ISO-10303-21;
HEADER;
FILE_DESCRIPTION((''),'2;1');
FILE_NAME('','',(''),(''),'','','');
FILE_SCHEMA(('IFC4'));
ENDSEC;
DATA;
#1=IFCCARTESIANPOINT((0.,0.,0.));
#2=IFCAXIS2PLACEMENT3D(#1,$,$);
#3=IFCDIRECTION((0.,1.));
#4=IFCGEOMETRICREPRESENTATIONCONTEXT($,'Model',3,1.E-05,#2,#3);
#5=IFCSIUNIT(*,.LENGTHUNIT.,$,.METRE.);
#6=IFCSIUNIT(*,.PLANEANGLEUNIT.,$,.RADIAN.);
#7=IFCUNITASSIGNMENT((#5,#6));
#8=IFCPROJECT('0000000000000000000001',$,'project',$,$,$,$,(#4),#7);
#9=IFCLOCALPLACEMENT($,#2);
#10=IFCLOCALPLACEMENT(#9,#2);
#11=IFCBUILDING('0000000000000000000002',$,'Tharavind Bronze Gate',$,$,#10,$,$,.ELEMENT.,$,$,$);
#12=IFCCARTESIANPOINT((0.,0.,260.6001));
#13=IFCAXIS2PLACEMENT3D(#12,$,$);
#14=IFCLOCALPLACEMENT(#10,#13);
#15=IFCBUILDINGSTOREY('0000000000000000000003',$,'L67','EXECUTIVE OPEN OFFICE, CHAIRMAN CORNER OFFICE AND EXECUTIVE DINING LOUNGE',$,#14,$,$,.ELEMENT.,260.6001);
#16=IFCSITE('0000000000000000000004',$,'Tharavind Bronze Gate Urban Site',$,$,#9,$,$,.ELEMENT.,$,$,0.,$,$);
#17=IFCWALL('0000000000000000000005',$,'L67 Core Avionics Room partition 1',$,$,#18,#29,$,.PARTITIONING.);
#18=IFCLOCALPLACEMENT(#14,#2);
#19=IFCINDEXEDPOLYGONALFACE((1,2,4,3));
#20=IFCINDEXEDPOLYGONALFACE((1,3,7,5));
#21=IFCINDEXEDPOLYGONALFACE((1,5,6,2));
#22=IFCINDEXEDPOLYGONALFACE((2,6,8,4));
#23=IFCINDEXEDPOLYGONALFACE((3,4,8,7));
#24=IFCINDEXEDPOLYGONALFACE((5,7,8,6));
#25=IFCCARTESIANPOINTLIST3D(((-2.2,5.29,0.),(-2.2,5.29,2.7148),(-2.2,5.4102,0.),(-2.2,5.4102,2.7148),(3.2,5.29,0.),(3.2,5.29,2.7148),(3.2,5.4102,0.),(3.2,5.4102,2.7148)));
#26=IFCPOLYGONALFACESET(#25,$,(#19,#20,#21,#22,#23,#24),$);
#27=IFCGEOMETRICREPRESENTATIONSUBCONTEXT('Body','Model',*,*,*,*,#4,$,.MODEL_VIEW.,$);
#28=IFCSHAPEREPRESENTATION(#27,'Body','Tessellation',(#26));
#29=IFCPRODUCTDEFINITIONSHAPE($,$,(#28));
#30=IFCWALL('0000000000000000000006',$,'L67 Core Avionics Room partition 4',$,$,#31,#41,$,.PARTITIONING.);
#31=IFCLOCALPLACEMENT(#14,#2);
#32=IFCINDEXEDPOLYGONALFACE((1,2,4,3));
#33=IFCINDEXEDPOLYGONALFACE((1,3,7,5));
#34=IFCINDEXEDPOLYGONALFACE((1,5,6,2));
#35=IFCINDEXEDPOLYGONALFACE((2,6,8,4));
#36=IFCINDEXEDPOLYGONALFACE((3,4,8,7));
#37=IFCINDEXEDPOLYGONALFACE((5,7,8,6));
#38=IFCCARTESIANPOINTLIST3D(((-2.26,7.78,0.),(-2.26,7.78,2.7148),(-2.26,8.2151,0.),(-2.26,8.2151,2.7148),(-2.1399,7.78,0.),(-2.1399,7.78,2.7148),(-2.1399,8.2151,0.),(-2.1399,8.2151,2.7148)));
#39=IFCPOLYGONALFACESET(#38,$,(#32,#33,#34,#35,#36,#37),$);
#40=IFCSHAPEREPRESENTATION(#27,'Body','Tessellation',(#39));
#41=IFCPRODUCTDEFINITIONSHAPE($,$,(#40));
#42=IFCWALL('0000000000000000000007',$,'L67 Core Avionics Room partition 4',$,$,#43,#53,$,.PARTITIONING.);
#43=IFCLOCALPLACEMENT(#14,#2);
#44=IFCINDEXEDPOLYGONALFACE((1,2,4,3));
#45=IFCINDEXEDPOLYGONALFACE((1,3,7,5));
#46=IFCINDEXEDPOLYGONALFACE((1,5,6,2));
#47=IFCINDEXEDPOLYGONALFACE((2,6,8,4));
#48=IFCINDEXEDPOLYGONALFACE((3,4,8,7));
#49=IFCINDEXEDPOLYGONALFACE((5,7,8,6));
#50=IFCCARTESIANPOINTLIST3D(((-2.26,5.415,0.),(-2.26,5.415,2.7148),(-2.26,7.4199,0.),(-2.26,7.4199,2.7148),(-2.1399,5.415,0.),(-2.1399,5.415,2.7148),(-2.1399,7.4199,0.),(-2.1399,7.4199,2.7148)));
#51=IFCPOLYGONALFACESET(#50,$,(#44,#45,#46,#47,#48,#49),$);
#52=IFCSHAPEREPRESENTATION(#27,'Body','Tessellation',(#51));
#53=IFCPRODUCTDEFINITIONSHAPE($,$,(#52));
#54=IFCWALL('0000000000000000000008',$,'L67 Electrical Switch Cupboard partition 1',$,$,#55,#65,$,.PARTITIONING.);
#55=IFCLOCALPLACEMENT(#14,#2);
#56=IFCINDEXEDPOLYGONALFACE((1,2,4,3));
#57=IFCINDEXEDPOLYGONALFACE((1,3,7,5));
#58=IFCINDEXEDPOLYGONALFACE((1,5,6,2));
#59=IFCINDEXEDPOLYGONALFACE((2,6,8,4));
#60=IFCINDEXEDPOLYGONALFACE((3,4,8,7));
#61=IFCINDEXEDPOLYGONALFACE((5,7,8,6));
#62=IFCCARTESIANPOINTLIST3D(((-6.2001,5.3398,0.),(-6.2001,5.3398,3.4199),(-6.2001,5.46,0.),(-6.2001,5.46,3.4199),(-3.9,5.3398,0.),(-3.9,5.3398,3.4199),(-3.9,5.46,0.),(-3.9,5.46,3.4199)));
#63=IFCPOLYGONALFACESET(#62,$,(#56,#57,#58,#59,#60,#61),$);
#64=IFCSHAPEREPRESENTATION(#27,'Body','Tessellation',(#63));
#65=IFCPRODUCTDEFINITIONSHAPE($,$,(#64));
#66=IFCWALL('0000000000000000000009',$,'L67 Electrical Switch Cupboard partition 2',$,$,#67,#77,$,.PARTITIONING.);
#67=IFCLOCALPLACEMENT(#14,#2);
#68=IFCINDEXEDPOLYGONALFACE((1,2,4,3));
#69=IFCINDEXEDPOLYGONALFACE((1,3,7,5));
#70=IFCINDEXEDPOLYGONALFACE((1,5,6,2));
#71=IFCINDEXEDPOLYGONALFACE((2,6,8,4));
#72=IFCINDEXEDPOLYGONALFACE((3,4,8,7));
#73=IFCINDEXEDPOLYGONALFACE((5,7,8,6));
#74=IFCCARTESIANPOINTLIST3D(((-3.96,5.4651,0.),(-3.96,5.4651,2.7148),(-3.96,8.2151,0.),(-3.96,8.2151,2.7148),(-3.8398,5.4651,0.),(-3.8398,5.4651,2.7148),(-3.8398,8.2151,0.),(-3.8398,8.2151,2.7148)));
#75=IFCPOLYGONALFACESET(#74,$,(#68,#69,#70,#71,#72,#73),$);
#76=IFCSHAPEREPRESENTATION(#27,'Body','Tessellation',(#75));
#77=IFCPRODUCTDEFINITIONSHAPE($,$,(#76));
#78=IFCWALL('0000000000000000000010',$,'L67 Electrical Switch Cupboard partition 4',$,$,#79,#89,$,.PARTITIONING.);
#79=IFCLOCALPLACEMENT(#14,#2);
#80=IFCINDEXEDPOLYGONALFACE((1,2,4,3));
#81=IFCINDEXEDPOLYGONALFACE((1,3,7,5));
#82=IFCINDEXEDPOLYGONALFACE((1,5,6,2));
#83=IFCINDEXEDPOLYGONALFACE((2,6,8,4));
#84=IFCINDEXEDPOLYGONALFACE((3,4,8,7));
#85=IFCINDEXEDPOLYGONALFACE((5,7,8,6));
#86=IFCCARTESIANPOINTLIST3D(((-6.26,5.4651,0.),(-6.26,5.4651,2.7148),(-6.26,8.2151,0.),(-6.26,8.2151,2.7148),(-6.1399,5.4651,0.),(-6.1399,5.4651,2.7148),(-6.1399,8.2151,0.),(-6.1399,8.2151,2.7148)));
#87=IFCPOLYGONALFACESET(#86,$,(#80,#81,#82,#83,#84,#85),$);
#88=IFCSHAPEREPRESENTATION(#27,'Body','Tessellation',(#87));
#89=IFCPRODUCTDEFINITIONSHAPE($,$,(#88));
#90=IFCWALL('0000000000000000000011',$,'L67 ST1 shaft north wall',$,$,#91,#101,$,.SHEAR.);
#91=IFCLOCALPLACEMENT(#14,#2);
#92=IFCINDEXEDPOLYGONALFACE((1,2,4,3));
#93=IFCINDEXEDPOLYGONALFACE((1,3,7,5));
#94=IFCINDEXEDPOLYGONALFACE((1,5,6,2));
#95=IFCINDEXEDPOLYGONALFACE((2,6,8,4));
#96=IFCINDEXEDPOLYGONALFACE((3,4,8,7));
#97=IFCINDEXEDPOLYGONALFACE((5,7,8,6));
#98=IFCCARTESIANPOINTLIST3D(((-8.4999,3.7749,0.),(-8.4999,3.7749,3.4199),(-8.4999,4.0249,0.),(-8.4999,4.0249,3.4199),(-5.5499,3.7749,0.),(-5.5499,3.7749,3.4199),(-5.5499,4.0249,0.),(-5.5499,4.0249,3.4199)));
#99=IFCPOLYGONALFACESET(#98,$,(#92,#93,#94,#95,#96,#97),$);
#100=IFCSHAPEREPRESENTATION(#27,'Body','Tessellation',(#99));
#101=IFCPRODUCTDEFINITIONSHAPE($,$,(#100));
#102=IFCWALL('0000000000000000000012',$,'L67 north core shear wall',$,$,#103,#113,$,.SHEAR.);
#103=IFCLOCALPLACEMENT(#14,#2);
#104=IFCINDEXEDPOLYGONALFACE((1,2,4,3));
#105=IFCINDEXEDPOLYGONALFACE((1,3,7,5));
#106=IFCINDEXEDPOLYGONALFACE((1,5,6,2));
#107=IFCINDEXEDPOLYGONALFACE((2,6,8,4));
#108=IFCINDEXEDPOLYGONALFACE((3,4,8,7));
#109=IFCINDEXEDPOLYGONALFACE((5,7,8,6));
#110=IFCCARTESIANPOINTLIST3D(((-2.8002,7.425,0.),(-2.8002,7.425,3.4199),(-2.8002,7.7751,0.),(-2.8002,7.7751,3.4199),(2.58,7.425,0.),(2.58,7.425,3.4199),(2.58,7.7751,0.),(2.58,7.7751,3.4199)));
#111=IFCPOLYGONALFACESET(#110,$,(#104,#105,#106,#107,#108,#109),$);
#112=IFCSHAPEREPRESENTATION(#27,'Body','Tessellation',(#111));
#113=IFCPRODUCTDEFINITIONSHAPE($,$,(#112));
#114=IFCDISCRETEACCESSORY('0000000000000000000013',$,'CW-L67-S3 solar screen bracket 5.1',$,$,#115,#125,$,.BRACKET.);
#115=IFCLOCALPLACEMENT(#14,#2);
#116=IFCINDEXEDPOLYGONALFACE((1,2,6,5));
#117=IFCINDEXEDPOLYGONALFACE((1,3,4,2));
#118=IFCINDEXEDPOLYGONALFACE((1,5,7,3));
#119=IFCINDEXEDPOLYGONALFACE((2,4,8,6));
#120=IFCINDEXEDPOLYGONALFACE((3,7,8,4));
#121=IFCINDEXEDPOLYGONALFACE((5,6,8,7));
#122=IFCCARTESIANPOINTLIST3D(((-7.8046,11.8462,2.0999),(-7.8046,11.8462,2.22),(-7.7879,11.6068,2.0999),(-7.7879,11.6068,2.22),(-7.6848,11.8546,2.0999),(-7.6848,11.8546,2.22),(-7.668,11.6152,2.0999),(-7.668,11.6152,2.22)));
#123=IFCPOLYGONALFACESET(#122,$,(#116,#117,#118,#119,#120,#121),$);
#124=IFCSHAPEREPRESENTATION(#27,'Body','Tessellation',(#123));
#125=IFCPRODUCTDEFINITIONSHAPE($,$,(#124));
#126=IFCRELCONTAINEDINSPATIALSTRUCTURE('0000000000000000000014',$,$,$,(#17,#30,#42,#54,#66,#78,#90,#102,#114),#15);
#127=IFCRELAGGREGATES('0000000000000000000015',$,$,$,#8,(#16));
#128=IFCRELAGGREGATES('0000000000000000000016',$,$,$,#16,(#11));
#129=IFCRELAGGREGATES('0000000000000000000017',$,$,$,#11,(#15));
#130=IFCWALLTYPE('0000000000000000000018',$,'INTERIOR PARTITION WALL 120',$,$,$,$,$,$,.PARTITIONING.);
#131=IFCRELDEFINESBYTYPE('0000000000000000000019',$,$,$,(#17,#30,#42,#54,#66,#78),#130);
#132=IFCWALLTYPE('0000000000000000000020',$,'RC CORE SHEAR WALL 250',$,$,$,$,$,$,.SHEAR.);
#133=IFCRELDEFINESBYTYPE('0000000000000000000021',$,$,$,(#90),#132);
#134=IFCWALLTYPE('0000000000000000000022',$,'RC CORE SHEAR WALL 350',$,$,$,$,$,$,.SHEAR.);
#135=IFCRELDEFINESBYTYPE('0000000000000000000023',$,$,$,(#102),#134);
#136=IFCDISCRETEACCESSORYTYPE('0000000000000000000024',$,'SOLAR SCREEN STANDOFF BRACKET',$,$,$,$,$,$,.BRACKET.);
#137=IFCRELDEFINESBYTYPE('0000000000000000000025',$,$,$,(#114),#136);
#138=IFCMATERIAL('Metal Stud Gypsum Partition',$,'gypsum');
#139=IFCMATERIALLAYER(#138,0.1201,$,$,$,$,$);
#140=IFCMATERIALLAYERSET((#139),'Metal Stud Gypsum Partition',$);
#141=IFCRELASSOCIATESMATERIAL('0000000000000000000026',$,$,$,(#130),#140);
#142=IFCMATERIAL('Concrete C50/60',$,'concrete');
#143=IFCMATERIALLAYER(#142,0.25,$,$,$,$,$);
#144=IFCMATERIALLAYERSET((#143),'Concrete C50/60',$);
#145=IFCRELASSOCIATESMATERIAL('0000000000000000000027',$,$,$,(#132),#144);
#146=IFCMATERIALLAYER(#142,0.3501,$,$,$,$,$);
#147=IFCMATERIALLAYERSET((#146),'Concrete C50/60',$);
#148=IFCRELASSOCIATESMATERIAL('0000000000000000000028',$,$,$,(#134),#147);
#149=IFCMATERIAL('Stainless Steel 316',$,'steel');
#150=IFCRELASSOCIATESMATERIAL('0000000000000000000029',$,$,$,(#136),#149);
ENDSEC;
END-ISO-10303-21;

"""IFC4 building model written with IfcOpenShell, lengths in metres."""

from ifc_helpers import new_model, si_unit, direction, frame, frame_2d, origin, origin_2d, place, context, subcontext, project, spatial, rectangle, extrude, material, layer, layer_set, type_object, element, save


model = new_model("IFC4")

# Units and contexts
model_context = context("Model", 3, precision=1e-05, world=origin(), true_north=direction((0.0, 1.0)))
body_context = subcontext(model_context, "Body", "Model", "MODEL_VIEW")
ifc_project = project(units=[si_unit("LENGTHUNIT", "METRE"), si_unit("PLANEANGLEUNIT", "RADIAN")], contexts=[model_context])

# Site, building, storey
site_placement = place(None, origin())
site = spatial("IfcSite", under=ifc_project, at=site_placement, Name="Tharavind Bronze Gate Urban Site", CompositionType="ELEMENT", RefElevation=0.0)
building_placement = place(site_placement, origin())
building = spatial("IfcBuilding", under=site, at=building_placement, Name="Tharavind Bronze Gate", CompositionType="ELEMENT")
storey_placement = place(building_placement, frame((0.0, 0.0, 260.6001)))
storey = spatial("IfcBuildingStorey", under=building, at=storey_placement, Name="L67", Description="EXECUTIVE OPEN OFFICE, CHAIRMAN CORNER OFFICE AND EXECUTIVE DINING LOUNGE", CompositionType="ELEMENT", Elevation=260.6001)

# Walls
ifc_material_1 = material(Name="Metal Stud Gypsum Partition", Category="gypsum")
ifc_layer_1 = layer(ifc_material_1, 0.1201)
ifc_layer_set_1 = layer_set([ifc_layer_1], Name="Metal Stud Gypsum Partition")
wall_type_1 = type_object("IfcWallType", Name="INTERIOR PARTITION WALL 120", PredefinedType="PARTITIONING", material=ifc_layer_set_1)
wall_1_placement = place(storey_placement, frame((-2.2, 5.3501, 0.0), z_axis=(0.0, 0.0, 1.0), x_axis=(1.0, 0.0, 0.0)))
element("IfcWall", 1, at=wall_1_placement, inside=storey, type_object=wall_type_1, Name="L67 Core Avionics Room partition 1", PredefinedType="PARTITIONING", context=body_context, shape_type="SweptSolid", body=[
    extrude(rectangle(XDim=5.3999, YDim=0.1201, at=frame_2d((2.7, 0.0))), origin(), (0.0, 0.0, 1.0), 2.7148),
])
wall_2_placement = place(storey_placement, frame((-2.2, 8.2151, 0.0), z_axis=(0.0, 0.0, 1.0), x_axis=(0.0, -1.0, 0.0)))
element("IfcWall", 2, at=wall_2_placement, inside=storey, type_object=wall_type_1, Name="L67 Core Avionics Room partition 4", PredefinedType="PARTITIONING", context=body_context, shape_type="SweptSolid", body=[
    extrude(rectangle(XDim=0.4351, YDim=0.1201, at=frame_2d((0.2175, 0.0))), origin(), (0.0, 0.0, 1.0), 2.7148),
])
wall_3_placement = place(storey_placement, frame((-2.2, 7.4199, 0.0), z_axis=(0.0, 0.0, 1.0), x_axis=(0.0, -1.0, 0.0)))
element("IfcWall", 3, at=wall_3_placement, inside=storey, type_object=wall_type_1, Name="L67 Core Avionics Room partition 4", PredefinedType="PARTITIONING", context=body_context, shape_type="SweptSolid", body=[
    extrude(rectangle(XDim=2.0049, YDim=0.1201, at=frame_2d((1.0024, 0.0))), origin(), (0.0, 0.0, 1.0), 2.7148),
])
wall_4_placement = place(storey_placement, frame((-6.2, 5.3999, 0.0), z_axis=(0.0, 0.0, 1.0), x_axis=(1.0, 0.0, 0.0)))
element("IfcWall", 4, at=wall_4_placement, inside=storey, type_object=wall_type_1, Name="L67 Electrical Switch Cupboard partition 1", PredefinedType="PARTITIONING", context=body_context, shape_type="SweptSolid", body=[
    extrude(rectangle(XDim=2.3, YDim=0.1201, at=frame_2d((1.1499, 0.0))), origin(), (0.0, 0.0, 1.0), 3.4199),
])
for number, where, z_axis, x_axis, name in (
    (5, (-3.8999, 5.4651, 0.0), (0.0, 0.0, 1.0), (0.0, 1.0, 0.0), "L67 Electrical Switch Cupboard partition 2"),
    (6, (-6.2, 8.2151, 0.0), (0.0, 0.0, 1.0), (0.0, -1.0, 0.0), "L67 Electrical Switch Cupboard partition 4"),
):
    element("IfcWall", number, at=place(storey_placement, frame(where, z_axis=z_axis, x_axis=x_axis)), inside=storey, type_object=wall_type_1, Name=name, PredefinedType="PARTITIONING", context=body_context, shape_type="SweptSolid", body=[
        extrude(rectangle(XDim=2.75, YDim=0.1201, at=frame_2d((1.375, 0.0))), origin(), (0.0, 0.0, 1.0), 2.7148),
    ])
ifc_material_2 = material(Name="Concrete C50/60", Category="concrete")
ifc_layer_2 = layer(ifc_material_2, 0.25)
ifc_layer_set_2 = layer_set([ifc_layer_2], Name="Concrete C50/60")
wall_type_2 = type_object("IfcWallType", Name="RC CORE SHEAR WALL 250", PredefinedType="SHEAR", material=ifc_layer_set_2)
wall_5_placement = place(storey_placement, frame((-8.5, 3.8999, 0.0), z_axis=(0.0, 0.0, 1.0), x_axis=(1.0, 0.0, 0.0)))
element("IfcWall", 7, at=wall_5_placement, inside=storey, type_object=wall_type_2, Name="L67 ST1 shaft north wall", PredefinedType="SHEAR", context=body_context, shape_type="SweptSolid", body=[
    extrude(rectangle(XDim=2.95, YDim=0.25, at=frame_2d((1.4751, 0.0))), origin(), (0.0, 0.0, 1.0), 3.4199),
])
ifc_layer_3 = layer(ifc_material_2, 0.3501)
ifc_layer_set_3 = layer_set([ifc_layer_3], Name="Concrete C50/60")
wall_type_3 = type_object("IfcWallType", Name="RC CORE SHEAR WALL 350", PredefinedType="SHEAR", material=ifc_layer_set_3)
wall_6_placement = place(storey_placement, frame((-2.8, 7.6001, 0.0), z_axis=(0.0, 0.0, 1.0), x_axis=(1.0, 0.0, 0.0)))
element("IfcWall", 8, at=wall_6_placement, inside=storey, type_object=wall_type_3, Name="L67 north core shear wall", PredefinedType="SHEAR", context=body_context, shape_type="SweptSolid", body=[
    extrude(rectangle(XDim=5.3801, YDim=0.3501, at=frame_2d((2.6899, 0.0))), origin(), (0.0, 0.0, 1.0), 3.4199),
])

# Discrete accessory
ifc_material_3 = material(Name="Stainless Steel 316", Category="steel")
discrete_accessory_type = type_object("IfcDiscreteAccessoryType", Name="SOLAR SCREEN STANDOFF BRACKET", PredefinedType="BRACKET", material=ifc_material_3)
discrete_accessory_placement = place(storey_placement, frame((-7.7363, 11.7307, 2.0999), z_axis=(0.0, 0.0, 1.0), x_axis=(-0.997564, -0.06976, 0.0)))
element("IfcDiscreteAccessory", 9, at=discrete_accessory_placement, inside=storey, type_object=discrete_accessory_type, Name="CW-L67-S3 solar screen bracket 5.1", PredefinedType="BRACKET", context=body_context, shape_type="SweptSolid", body=[
    extrude(rectangle(XDim=0.1201, YDim=0.24, at=origin_2d()), origin(), (0.0, 0.0, 1.0), 0.1201),
])

save(model, "model.ifc")
